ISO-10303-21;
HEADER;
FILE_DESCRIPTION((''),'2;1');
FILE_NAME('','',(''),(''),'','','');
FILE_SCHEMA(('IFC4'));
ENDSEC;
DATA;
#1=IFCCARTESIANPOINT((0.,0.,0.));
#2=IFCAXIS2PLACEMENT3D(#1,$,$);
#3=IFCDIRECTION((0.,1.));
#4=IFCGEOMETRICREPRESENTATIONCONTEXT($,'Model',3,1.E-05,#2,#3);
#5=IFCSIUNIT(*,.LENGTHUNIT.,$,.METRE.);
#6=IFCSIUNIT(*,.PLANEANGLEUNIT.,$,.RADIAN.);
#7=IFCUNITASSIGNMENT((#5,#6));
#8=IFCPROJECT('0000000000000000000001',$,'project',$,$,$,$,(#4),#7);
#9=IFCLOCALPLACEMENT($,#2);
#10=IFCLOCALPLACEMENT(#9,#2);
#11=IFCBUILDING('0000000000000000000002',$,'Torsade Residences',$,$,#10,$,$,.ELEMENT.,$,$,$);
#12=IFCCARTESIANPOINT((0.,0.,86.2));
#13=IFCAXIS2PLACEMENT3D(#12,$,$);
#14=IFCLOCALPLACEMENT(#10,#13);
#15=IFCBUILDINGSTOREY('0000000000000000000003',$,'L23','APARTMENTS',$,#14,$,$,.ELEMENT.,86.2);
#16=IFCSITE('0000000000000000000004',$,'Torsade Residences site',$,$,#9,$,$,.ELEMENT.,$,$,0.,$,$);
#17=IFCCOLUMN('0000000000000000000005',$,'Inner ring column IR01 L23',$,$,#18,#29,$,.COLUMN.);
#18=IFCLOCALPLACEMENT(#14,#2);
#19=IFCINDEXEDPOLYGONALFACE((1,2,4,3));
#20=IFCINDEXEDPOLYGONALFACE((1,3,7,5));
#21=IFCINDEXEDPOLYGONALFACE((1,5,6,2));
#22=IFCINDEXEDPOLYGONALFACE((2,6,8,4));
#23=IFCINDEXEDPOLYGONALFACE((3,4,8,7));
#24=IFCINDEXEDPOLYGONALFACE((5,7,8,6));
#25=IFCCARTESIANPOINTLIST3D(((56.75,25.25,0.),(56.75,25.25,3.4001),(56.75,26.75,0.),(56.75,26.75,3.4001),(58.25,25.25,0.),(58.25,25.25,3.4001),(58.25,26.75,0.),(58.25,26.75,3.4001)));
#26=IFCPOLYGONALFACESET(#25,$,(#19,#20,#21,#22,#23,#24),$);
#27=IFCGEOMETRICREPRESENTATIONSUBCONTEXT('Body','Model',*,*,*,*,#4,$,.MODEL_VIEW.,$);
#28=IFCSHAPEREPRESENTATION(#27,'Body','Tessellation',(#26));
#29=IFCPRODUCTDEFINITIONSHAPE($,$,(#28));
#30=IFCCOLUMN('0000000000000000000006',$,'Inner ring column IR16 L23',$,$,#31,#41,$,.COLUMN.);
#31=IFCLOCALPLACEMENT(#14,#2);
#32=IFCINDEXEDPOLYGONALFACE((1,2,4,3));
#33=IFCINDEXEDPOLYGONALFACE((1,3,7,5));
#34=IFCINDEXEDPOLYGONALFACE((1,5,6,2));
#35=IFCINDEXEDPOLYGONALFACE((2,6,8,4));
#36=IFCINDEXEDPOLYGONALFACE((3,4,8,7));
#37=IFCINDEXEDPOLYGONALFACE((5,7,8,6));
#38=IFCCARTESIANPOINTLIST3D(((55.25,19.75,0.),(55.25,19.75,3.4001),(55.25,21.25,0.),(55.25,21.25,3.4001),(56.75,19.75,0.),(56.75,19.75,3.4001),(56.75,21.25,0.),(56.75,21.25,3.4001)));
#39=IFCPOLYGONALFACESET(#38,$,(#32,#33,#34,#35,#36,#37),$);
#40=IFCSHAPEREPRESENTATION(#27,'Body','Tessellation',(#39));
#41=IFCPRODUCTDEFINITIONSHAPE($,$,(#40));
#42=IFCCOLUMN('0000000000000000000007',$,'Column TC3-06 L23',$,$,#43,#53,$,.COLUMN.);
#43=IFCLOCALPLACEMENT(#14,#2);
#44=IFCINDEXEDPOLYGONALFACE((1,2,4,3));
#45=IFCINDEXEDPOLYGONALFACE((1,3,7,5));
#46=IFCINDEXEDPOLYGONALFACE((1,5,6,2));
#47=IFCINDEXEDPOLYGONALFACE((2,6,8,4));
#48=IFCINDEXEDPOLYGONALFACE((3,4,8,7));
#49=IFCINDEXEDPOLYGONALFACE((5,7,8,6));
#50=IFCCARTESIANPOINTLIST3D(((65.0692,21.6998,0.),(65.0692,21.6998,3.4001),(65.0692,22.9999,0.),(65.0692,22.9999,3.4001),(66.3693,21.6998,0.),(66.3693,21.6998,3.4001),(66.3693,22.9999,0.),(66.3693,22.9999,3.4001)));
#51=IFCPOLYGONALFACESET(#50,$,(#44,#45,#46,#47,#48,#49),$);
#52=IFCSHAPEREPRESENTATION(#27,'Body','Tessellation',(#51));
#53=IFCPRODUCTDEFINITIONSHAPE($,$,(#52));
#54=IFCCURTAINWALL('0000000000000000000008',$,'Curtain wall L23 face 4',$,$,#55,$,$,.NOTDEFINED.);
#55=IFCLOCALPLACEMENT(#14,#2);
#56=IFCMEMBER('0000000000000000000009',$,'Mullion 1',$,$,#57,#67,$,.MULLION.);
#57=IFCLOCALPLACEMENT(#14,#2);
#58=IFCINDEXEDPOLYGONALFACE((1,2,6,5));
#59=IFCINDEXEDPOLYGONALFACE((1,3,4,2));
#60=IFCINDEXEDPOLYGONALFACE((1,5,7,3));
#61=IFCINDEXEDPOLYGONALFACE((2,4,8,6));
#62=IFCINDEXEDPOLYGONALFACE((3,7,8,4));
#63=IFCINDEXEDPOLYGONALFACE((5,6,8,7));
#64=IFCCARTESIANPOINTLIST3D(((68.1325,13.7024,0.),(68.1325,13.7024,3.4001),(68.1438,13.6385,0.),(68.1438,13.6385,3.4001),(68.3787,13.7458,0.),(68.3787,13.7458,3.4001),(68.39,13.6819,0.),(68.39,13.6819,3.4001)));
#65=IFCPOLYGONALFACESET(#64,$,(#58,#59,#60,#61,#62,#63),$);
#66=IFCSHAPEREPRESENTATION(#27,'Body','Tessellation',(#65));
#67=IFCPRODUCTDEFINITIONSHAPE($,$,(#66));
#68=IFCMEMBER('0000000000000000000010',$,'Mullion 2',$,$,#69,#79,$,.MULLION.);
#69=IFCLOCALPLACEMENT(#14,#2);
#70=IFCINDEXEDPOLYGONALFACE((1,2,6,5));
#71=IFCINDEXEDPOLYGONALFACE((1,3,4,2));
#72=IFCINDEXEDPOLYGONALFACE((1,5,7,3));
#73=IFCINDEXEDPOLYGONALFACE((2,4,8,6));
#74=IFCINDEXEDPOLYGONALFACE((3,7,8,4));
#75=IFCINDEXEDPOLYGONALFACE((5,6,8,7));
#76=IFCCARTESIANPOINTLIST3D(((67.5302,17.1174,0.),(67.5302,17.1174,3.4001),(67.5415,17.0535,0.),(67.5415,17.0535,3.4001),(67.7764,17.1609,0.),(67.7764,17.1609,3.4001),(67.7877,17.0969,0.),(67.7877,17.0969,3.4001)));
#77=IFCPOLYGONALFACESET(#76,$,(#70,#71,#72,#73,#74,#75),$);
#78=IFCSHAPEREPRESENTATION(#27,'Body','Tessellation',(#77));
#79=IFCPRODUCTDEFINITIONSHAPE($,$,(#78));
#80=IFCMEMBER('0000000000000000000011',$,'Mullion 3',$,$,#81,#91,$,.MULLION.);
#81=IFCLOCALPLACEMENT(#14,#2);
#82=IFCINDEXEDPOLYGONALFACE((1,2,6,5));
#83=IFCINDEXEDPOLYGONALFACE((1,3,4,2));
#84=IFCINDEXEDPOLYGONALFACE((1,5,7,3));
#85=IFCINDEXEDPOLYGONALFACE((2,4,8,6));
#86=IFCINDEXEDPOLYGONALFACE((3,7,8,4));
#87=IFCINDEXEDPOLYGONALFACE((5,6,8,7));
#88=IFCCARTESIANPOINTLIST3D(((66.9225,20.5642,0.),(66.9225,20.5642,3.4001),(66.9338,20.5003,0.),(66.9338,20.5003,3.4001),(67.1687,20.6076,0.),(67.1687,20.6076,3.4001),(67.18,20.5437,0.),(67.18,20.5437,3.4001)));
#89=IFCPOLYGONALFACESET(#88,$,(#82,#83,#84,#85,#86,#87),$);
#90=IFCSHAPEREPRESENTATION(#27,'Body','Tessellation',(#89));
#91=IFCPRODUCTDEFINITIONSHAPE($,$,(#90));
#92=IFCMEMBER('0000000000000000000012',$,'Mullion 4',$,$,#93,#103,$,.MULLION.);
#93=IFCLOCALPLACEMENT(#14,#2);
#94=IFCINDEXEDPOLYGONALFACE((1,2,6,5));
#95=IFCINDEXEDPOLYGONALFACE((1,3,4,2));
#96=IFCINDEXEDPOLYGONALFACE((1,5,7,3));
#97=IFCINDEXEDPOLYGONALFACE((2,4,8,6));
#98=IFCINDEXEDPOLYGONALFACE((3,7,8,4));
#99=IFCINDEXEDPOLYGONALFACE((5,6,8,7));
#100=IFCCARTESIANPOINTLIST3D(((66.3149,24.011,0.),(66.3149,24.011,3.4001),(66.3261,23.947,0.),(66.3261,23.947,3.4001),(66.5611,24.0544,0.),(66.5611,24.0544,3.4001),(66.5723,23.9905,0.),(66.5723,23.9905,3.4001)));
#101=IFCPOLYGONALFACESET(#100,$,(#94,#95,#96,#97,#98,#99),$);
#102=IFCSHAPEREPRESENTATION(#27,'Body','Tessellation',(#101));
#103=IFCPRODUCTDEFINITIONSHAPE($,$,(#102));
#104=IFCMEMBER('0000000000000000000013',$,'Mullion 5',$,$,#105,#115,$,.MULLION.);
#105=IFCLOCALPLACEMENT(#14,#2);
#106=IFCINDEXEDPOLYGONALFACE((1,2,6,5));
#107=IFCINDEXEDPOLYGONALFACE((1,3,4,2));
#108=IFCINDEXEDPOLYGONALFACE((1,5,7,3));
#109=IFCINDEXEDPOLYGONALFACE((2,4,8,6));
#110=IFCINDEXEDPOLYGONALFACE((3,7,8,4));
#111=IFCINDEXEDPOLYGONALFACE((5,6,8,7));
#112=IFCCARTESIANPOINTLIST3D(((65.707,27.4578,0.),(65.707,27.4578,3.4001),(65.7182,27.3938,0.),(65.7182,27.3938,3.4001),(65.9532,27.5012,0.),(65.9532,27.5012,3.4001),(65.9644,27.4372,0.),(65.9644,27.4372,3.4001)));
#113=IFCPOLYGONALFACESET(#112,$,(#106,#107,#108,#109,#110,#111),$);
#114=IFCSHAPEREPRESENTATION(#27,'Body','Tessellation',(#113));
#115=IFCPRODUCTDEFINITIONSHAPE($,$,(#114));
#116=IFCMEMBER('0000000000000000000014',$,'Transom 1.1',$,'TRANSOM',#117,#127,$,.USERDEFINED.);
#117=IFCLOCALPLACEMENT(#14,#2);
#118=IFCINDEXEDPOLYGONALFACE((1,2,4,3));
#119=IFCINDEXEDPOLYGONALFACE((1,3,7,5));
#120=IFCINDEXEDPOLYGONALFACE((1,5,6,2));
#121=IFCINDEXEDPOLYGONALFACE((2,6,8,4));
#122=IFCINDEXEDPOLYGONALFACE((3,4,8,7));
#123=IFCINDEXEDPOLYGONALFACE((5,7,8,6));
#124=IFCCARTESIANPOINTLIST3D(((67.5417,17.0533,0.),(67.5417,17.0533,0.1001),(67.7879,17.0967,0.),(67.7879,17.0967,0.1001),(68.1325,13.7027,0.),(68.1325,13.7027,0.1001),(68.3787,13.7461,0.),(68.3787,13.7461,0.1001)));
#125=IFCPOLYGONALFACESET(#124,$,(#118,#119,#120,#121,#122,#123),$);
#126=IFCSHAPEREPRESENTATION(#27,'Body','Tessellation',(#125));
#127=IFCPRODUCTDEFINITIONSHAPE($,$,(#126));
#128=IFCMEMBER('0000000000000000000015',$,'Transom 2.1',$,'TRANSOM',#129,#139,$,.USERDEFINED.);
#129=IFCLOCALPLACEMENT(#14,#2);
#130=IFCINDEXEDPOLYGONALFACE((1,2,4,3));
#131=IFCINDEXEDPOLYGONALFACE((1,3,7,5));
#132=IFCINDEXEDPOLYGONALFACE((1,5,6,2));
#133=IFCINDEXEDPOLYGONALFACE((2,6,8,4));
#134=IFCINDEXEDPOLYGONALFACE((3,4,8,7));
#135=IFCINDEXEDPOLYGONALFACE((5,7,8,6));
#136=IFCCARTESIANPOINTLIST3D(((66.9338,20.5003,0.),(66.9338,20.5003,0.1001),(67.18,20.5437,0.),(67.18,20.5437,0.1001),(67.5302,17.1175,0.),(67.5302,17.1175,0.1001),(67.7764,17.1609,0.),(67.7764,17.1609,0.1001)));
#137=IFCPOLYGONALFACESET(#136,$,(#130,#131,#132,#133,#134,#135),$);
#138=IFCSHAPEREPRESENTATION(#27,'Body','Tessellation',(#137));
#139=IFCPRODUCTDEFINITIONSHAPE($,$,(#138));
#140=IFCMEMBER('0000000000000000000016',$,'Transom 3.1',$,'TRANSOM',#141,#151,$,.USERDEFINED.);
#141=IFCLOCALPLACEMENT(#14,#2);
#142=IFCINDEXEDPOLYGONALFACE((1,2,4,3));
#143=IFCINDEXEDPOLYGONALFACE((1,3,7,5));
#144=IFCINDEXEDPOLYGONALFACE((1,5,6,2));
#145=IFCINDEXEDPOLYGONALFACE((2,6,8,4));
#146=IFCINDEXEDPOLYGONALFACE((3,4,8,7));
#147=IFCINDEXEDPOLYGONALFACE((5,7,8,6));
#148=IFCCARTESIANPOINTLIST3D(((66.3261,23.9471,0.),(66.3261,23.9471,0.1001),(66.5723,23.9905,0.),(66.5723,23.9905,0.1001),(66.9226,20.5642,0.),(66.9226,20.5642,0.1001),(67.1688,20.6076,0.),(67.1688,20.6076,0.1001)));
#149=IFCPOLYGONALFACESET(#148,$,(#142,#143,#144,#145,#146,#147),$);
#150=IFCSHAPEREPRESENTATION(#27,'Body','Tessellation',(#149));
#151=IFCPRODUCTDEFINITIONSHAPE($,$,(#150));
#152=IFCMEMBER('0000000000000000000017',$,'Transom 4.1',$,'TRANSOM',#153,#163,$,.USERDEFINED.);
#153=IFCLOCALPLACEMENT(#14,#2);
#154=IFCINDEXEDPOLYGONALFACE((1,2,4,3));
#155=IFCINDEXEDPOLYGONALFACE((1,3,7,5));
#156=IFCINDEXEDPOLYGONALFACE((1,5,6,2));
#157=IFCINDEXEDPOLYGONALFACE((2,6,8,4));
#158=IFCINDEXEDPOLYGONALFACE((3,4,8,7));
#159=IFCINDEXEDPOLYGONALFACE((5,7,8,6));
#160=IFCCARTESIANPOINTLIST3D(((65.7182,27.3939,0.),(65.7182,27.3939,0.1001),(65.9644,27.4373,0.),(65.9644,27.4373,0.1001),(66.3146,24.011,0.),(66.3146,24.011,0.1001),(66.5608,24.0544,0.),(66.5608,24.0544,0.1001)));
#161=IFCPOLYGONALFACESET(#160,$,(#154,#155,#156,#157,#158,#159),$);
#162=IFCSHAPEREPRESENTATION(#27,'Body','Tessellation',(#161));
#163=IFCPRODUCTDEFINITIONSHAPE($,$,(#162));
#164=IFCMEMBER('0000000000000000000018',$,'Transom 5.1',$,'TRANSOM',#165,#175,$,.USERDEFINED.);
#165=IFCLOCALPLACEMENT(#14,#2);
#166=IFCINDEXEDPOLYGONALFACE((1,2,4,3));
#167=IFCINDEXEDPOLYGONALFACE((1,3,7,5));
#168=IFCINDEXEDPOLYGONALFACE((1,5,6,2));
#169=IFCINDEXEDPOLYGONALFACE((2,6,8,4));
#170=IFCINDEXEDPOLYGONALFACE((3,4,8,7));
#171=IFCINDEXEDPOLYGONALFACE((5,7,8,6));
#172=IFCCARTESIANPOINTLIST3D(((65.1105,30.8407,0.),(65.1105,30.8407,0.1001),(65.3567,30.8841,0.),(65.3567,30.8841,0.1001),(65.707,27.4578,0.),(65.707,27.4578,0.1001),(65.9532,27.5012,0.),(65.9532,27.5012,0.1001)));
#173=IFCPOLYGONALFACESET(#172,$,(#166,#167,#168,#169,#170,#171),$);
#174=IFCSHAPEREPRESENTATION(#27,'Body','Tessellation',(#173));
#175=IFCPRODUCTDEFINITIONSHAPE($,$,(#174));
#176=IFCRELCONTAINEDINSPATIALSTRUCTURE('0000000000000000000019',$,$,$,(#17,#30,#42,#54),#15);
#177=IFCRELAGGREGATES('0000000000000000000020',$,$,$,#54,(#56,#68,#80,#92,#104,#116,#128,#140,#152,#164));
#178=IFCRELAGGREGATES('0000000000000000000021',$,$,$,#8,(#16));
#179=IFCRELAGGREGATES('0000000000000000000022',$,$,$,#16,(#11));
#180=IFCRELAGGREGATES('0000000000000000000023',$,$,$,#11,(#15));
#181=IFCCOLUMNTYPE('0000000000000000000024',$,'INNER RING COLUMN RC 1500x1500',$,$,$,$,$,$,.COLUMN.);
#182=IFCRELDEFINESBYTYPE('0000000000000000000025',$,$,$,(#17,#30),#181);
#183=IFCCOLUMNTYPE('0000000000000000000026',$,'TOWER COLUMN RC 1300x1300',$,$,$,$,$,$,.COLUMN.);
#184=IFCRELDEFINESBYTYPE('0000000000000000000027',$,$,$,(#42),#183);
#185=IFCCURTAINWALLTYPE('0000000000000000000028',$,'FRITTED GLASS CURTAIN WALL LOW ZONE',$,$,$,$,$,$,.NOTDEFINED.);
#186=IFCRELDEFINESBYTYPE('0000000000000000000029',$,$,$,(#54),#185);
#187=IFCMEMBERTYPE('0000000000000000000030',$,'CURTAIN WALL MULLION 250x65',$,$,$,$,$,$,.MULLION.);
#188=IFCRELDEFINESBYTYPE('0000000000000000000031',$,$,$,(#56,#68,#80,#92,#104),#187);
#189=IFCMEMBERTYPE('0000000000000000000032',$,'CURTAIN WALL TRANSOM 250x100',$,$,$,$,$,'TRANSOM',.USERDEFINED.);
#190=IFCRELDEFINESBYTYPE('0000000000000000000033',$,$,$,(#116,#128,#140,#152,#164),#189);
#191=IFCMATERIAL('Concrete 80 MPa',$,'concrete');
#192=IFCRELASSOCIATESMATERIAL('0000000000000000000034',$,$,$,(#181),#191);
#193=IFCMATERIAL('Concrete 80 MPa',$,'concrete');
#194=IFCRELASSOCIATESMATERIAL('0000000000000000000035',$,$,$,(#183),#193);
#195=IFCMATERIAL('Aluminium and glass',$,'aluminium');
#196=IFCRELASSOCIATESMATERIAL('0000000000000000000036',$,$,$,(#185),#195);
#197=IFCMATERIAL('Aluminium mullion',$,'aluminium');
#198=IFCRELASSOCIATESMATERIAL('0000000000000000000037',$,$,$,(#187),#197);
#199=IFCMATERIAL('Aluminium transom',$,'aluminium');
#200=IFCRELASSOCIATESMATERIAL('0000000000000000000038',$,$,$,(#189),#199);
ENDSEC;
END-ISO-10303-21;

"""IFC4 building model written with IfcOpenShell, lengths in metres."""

from ifc_helpers import new_model, si_unit, direction, frame, origin, origin_2d, place, context, subcontext, project, spatial, rectangle, extrude, material, material_profile, profile_set, type_object, element, aggregate, save


model = new_model("IFC4")

# Units and contexts
model_context = context("Model", 3, precision=1e-05, world=origin(), true_north=direction((0.0, 1.0)))
body_context = subcontext(model_context, "Body", "Model", "MODEL_VIEW")
ifc_project = project(units=[si_unit("LENGTHUNIT", "METRE"), si_unit("PLANEANGLEUNIT", "RADIAN")], contexts=[model_context])

# Site, building, storey
site_placement = place(None, origin())
site = spatial("IfcSite", under=ifc_project, at=site_placement, Name="Torsade Residences site", CompositionType="ELEMENT", RefElevation=0.0)
building_placement = place(site_placement, origin())
building = spatial("IfcBuilding", under=site, at=building_placement, Name="Torsade Residences", CompositionType="ELEMENT")
storey_placement = place(building_placement, frame((0.0, 0.0, 86.2)))
storey = spatial("IfcBuildingStorey", under=building, at=storey_placement, Name="L23", Description="APARTMENTS", CompositionType="ELEMENT", Elevation=86.2)

# Columns
ifc_material_1 = material(Name="Concrete 80 MPa", Category="concrete")
ifc_material_profile_1 = material_profile(ifc_material_1, rectangle(XDim=1.5, YDim=1.5, at=origin_2d()), Name="RC 1500x1500")
ifc_profile_set_1 = profile_set([ifc_material_profile_1], Name="Concrete 80 MPa")
column_type_1 = type_object("IfcColumnType", Name="INNER RING COLUMN RC 1500x1500", PredefinedType="COLUMN", material=ifc_profile_set_1)
for number, where, z_axis, x_axis, name in (
    (1, (57.5, 26.0, 0.0), (0.0, 0.0, 1.0), (1.0, 0.0, 0.0), "Inner ring column IR01 L23"),
    (2, (56.0, 20.5, 0.0), (0.0, 0.0, 1.0), (1.0, 0.0, 0.0), "Inner ring column IR16 L23"),
):
    element("IfcColumn", number, at=place(storey_placement, frame(where, z_axis=z_axis, x_axis=x_axis)), inside=storey, type_object=column_type_1, Name=name, PredefinedType="COLUMN", context=body_context, shape_type="SweptSolid", body=[
        extrude(rectangle(XDim=1.5, YDim=1.5, at=origin_2d()), origin(), (0.0, 0.0, 1.0), 3.4001),
    ])
ifc_material_2 = material(Name="Concrete 80 MPa", Category="concrete")
ifc_material_profile_2 = material_profile(ifc_material_2, rectangle(XDim=1.3, YDim=1.3, at=origin_2d()), Name="RC 1300x1300")
ifc_profile_set_2 = profile_set([ifc_material_profile_2], Name="Concrete 80 MPa")
column_type_2 = type_object("IfcColumnType", Name="TOWER COLUMN RC 1300x1300", PredefinedType="COLUMN", material=ifc_profile_set_2)
column_placement = place(storey_placement, frame((65.7192, 22.3499, 0.0), z_axis=(0.0, 0.0, 1.0), x_axis=(1.0, 0.0, 0.0)))
element("IfcColumn", 3, at=column_placement, inside=storey, type_object=column_type_2, Name="Column TC3-06 L23", PredefinedType="COLUMN", context=body_context, shape_type="SweptSolid", body=[
    extrude(rectangle(XDim=1.3, YDim=1.3, at=origin_2d()), origin(), (0.0, 0.0, 1.0), 3.4001),
])

# Curtain wall, members
ifc_material_3 = material(Name="Aluminium and glass", Category="aluminium")
curtain_wall_type = type_object("IfcCurtainWallType", Name="FRITTED GLASS CURTAIN WALL LOW ZONE", PredefinedType="NOTDEFINED", material=ifc_material_3)
curtain_wall_placement = place(storey_placement, origin())
curtain_wall = element("IfcCurtainWall", 4, at=curtain_wall_placement, inside=storey, type_object=curtain_wall_type, Name="Curtain wall L23 face 4", PredefinedType="NOTDEFINED")
ifc_material_4 = material(Name="Aluminium mullion", Category="aluminium")
ifc_material_profile_3 = material_profile(ifc_material_4, rectangle(XDim=0.25, YDim=0.0649, at=origin_2d()), Name="CURTAIN WALL MULLION 250x65")
ifc_profile_set_3 = profile_set([ifc_material_profile_3], Name="Aluminium mullion")
member_type_1 = type_object("IfcMemberType", Name="CURTAIN WALL MULLION 250x65", PredefinedType="MULLION", material=ifc_profile_set_3)
member_1_placement = place(storey_placement, frame((68.2612, 13.6921, 0.0), z_axis=(0.0, 0.0, 1.0), x_axis=(-0.984808, -0.173648, 0.0)))
member_1 = element("IfcMember", 5, at=member_1_placement, type_object=member_type_1, Name="Mullion 1", PredefinedType="MULLION", context=body_context, shape_type="SweptSolid", body=[
    extrude(rectangle(XDim=0.25, YDim=0.0649, at=origin_2d()), origin(), (0.0, 0.0, 1.0), 3.4001),
])
member_2_placement = place(storey_placement, frame((67.6589, 17.1072, 0.0), z_axis=(0.0, 0.0, 1.0), x_axis=(-0.984808, -0.173648, 0.0)))
member_2 = element("IfcMember", 6, at=member_2_placement, type_object=member_type_1, Name="Mullion 2", PredefinedType="MULLION", context=body_context, shape_type="SweptSolid", body=[
    extrude(rectangle(XDim=0.25, YDim=0.0649, at=origin_2d()), origin(), (0.0, 0.0, 1.0), 3.4001),
])
member_3_placement = place(storey_placement, frame((67.0513, 20.554, 0.0), z_axis=(0.0, 0.0, 1.0), x_axis=(-0.984808, -0.173648, 0.0)))
member_3 = element("IfcMember", 7, at=member_3_placement, type_object=member_type_1, Name="Mullion 3", PredefinedType="MULLION", context=body_context, shape_type="SweptSolid", body=[
    extrude(rectangle(XDim=0.25, YDim=0.0649, at=origin_2d()), origin(), (0.0, 0.0, 1.0), 3.4001),
])
member_4_placement = place(storey_placement, frame((66.4436, 24.0007, 0.0), z_axis=(0.0, 0.0, 1.0), x_axis=(-0.984808, -0.173648, 0.0)))
member_4 = element("IfcMember", 8, at=member_4_placement, type_object=member_type_1, Name="Mullion 4", PredefinedType="MULLION", context=body_context, shape_type="SweptSolid", body=[
    extrude(rectangle(XDim=0.25, YDim=0.0649, at=origin_2d()), origin(), (0.0, 0.0, 1.0), 3.4001),
])
member_5_placement = place(storey_placement, frame((65.8357, 27.4475, 0.0), z_axis=(0.0, 0.0, 1.0), x_axis=(-0.984808, -0.173648, 0.0)))
member_5 = element("IfcMember", 9, at=member_5_placement, type_object=member_type_1, Name="Mullion 5", PredefinedType="MULLION", context=body_context, shape_type="SweptSolid", body=[
    extrude(rectangle(XDim=0.25, YDim=0.0649, at=origin_2d()), origin(), (0.0, 0.0, 1.0), 3.4001),
])
ifc_material_5 = material(Name="Aluminium transom", Category="aluminium")
ifc_material_profile_4 = material_profile(ifc_material_5, rectangle(XDim=0.25, YDim=0.1001, at=origin_2d()), Name="CURTAIN WALL TRANSOM 250x100")
ifc_profile_set_4 = profile_set([ifc_material_profile_4], Name="Aluminium transom")
member_type_2 = type_object("IfcMemberType", Name="CURTAIN WALL TRANSOM 250x100", ElementType="TRANSOM", PredefinedType="USERDEFINED", material=ifc_profile_set_4)
member_6_placement = place(storey_placement, frame((68.2556, 13.7244, 0.05), z_axis=(-0.173654, 0.984807, 0.0), x_axis=(-0.984807, -0.173654, 0.0)))
member_6 = element("IfcMember", 10, at=member_6_placement, type_object=member_type_2, Name="Transom 1.1", ObjectType="TRANSOM", PredefinedType="USERDEFINED", context=body_context, shape_type="SweptSolid", body=[
    extrude(rectangle(XDim=0.25, YDim=0.1001, at=origin_2d()), origin(), (0.0, 0.0, 1.0), 3.4023),
])
member_7_placement = place(storey_placement, frame((67.6533, 17.1392, 0.05), z_axis=(-0.173635, 0.98481, 0.0), x_axis=(-0.98481, -0.173635, 0.0)))
member_7 = element("IfcMember", 11, at=member_7_placement, type_object=member_type_2, Name="Transom 2.1", ObjectType="TRANSOM", PredefinedType="USERDEFINED", context=body_context, shape_type="SweptSolid", body=[
    extrude(rectangle(XDim=0.25, YDim=0.1001, at=origin_2d()), origin(), (0.0, 0.0, 1.0), 3.4351),
])
member_8_placement = place(storey_placement, frame((67.0457, 20.5859, 0.05), z_axis=(-0.173635, 0.98481, 0.0), x_axis=(-0.98481, -0.173635, 0.0)))
member_8 = element("IfcMember", 12, at=member_8_placement, type_object=member_type_2, Name="Transom 3.1", ObjectType="TRANSOM", PredefinedType="USERDEFINED", context=body_context, shape_type="SweptSolid", body=[
    extrude(rectangle(XDim=0.25, YDim=0.1001, at=origin_2d()), origin(), (0.0, 0.0, 1.0), 3.4351),
])
member_9_placement = place(storey_placement, frame((66.4377, 24.0327, 0.05), z_axis=(-0.173635, 0.98481, 0.0), x_axis=(-0.98481, -0.173635, 0.0)))
member_9 = element("IfcMember", 13, at=member_9_placement, type_object=member_type_2, Name="Transom 4.1", ObjectType="TRANSOM", PredefinedType="USERDEFINED", context=body_context, shape_type="SweptSolid", body=[
    extrude(rectangle(XDim=0.25, YDim=0.1001, at=origin_2d()), origin(), (0.0, 0.0, 1.0), 3.4351),
])
member_10_placement = place(storey_placement, frame((65.8301, 27.4795, 0.05), z_axis=(-0.173635, 0.98481, 0.0), x_axis=(-0.98481, -0.173635, 0.0)))
member_10 = element("IfcMember", 14, at=member_10_placement, type_object=member_type_2, Name="Transom 5.1", ObjectType="TRANSOM", PredefinedType="USERDEFINED", context=body_context, shape_type="SweptSolid", body=[
    extrude(rectangle(XDim=0.25, YDim=0.1001, at=origin_2d()), origin(), (0.0, 0.0, 1.0), 3.4351),
])

aggregate(curtain_wall, [member_1, member_2, member_3, member_4, member_5, member_6, member_7, member_8, member_9, member_10])

save(model, "model.ifc")
